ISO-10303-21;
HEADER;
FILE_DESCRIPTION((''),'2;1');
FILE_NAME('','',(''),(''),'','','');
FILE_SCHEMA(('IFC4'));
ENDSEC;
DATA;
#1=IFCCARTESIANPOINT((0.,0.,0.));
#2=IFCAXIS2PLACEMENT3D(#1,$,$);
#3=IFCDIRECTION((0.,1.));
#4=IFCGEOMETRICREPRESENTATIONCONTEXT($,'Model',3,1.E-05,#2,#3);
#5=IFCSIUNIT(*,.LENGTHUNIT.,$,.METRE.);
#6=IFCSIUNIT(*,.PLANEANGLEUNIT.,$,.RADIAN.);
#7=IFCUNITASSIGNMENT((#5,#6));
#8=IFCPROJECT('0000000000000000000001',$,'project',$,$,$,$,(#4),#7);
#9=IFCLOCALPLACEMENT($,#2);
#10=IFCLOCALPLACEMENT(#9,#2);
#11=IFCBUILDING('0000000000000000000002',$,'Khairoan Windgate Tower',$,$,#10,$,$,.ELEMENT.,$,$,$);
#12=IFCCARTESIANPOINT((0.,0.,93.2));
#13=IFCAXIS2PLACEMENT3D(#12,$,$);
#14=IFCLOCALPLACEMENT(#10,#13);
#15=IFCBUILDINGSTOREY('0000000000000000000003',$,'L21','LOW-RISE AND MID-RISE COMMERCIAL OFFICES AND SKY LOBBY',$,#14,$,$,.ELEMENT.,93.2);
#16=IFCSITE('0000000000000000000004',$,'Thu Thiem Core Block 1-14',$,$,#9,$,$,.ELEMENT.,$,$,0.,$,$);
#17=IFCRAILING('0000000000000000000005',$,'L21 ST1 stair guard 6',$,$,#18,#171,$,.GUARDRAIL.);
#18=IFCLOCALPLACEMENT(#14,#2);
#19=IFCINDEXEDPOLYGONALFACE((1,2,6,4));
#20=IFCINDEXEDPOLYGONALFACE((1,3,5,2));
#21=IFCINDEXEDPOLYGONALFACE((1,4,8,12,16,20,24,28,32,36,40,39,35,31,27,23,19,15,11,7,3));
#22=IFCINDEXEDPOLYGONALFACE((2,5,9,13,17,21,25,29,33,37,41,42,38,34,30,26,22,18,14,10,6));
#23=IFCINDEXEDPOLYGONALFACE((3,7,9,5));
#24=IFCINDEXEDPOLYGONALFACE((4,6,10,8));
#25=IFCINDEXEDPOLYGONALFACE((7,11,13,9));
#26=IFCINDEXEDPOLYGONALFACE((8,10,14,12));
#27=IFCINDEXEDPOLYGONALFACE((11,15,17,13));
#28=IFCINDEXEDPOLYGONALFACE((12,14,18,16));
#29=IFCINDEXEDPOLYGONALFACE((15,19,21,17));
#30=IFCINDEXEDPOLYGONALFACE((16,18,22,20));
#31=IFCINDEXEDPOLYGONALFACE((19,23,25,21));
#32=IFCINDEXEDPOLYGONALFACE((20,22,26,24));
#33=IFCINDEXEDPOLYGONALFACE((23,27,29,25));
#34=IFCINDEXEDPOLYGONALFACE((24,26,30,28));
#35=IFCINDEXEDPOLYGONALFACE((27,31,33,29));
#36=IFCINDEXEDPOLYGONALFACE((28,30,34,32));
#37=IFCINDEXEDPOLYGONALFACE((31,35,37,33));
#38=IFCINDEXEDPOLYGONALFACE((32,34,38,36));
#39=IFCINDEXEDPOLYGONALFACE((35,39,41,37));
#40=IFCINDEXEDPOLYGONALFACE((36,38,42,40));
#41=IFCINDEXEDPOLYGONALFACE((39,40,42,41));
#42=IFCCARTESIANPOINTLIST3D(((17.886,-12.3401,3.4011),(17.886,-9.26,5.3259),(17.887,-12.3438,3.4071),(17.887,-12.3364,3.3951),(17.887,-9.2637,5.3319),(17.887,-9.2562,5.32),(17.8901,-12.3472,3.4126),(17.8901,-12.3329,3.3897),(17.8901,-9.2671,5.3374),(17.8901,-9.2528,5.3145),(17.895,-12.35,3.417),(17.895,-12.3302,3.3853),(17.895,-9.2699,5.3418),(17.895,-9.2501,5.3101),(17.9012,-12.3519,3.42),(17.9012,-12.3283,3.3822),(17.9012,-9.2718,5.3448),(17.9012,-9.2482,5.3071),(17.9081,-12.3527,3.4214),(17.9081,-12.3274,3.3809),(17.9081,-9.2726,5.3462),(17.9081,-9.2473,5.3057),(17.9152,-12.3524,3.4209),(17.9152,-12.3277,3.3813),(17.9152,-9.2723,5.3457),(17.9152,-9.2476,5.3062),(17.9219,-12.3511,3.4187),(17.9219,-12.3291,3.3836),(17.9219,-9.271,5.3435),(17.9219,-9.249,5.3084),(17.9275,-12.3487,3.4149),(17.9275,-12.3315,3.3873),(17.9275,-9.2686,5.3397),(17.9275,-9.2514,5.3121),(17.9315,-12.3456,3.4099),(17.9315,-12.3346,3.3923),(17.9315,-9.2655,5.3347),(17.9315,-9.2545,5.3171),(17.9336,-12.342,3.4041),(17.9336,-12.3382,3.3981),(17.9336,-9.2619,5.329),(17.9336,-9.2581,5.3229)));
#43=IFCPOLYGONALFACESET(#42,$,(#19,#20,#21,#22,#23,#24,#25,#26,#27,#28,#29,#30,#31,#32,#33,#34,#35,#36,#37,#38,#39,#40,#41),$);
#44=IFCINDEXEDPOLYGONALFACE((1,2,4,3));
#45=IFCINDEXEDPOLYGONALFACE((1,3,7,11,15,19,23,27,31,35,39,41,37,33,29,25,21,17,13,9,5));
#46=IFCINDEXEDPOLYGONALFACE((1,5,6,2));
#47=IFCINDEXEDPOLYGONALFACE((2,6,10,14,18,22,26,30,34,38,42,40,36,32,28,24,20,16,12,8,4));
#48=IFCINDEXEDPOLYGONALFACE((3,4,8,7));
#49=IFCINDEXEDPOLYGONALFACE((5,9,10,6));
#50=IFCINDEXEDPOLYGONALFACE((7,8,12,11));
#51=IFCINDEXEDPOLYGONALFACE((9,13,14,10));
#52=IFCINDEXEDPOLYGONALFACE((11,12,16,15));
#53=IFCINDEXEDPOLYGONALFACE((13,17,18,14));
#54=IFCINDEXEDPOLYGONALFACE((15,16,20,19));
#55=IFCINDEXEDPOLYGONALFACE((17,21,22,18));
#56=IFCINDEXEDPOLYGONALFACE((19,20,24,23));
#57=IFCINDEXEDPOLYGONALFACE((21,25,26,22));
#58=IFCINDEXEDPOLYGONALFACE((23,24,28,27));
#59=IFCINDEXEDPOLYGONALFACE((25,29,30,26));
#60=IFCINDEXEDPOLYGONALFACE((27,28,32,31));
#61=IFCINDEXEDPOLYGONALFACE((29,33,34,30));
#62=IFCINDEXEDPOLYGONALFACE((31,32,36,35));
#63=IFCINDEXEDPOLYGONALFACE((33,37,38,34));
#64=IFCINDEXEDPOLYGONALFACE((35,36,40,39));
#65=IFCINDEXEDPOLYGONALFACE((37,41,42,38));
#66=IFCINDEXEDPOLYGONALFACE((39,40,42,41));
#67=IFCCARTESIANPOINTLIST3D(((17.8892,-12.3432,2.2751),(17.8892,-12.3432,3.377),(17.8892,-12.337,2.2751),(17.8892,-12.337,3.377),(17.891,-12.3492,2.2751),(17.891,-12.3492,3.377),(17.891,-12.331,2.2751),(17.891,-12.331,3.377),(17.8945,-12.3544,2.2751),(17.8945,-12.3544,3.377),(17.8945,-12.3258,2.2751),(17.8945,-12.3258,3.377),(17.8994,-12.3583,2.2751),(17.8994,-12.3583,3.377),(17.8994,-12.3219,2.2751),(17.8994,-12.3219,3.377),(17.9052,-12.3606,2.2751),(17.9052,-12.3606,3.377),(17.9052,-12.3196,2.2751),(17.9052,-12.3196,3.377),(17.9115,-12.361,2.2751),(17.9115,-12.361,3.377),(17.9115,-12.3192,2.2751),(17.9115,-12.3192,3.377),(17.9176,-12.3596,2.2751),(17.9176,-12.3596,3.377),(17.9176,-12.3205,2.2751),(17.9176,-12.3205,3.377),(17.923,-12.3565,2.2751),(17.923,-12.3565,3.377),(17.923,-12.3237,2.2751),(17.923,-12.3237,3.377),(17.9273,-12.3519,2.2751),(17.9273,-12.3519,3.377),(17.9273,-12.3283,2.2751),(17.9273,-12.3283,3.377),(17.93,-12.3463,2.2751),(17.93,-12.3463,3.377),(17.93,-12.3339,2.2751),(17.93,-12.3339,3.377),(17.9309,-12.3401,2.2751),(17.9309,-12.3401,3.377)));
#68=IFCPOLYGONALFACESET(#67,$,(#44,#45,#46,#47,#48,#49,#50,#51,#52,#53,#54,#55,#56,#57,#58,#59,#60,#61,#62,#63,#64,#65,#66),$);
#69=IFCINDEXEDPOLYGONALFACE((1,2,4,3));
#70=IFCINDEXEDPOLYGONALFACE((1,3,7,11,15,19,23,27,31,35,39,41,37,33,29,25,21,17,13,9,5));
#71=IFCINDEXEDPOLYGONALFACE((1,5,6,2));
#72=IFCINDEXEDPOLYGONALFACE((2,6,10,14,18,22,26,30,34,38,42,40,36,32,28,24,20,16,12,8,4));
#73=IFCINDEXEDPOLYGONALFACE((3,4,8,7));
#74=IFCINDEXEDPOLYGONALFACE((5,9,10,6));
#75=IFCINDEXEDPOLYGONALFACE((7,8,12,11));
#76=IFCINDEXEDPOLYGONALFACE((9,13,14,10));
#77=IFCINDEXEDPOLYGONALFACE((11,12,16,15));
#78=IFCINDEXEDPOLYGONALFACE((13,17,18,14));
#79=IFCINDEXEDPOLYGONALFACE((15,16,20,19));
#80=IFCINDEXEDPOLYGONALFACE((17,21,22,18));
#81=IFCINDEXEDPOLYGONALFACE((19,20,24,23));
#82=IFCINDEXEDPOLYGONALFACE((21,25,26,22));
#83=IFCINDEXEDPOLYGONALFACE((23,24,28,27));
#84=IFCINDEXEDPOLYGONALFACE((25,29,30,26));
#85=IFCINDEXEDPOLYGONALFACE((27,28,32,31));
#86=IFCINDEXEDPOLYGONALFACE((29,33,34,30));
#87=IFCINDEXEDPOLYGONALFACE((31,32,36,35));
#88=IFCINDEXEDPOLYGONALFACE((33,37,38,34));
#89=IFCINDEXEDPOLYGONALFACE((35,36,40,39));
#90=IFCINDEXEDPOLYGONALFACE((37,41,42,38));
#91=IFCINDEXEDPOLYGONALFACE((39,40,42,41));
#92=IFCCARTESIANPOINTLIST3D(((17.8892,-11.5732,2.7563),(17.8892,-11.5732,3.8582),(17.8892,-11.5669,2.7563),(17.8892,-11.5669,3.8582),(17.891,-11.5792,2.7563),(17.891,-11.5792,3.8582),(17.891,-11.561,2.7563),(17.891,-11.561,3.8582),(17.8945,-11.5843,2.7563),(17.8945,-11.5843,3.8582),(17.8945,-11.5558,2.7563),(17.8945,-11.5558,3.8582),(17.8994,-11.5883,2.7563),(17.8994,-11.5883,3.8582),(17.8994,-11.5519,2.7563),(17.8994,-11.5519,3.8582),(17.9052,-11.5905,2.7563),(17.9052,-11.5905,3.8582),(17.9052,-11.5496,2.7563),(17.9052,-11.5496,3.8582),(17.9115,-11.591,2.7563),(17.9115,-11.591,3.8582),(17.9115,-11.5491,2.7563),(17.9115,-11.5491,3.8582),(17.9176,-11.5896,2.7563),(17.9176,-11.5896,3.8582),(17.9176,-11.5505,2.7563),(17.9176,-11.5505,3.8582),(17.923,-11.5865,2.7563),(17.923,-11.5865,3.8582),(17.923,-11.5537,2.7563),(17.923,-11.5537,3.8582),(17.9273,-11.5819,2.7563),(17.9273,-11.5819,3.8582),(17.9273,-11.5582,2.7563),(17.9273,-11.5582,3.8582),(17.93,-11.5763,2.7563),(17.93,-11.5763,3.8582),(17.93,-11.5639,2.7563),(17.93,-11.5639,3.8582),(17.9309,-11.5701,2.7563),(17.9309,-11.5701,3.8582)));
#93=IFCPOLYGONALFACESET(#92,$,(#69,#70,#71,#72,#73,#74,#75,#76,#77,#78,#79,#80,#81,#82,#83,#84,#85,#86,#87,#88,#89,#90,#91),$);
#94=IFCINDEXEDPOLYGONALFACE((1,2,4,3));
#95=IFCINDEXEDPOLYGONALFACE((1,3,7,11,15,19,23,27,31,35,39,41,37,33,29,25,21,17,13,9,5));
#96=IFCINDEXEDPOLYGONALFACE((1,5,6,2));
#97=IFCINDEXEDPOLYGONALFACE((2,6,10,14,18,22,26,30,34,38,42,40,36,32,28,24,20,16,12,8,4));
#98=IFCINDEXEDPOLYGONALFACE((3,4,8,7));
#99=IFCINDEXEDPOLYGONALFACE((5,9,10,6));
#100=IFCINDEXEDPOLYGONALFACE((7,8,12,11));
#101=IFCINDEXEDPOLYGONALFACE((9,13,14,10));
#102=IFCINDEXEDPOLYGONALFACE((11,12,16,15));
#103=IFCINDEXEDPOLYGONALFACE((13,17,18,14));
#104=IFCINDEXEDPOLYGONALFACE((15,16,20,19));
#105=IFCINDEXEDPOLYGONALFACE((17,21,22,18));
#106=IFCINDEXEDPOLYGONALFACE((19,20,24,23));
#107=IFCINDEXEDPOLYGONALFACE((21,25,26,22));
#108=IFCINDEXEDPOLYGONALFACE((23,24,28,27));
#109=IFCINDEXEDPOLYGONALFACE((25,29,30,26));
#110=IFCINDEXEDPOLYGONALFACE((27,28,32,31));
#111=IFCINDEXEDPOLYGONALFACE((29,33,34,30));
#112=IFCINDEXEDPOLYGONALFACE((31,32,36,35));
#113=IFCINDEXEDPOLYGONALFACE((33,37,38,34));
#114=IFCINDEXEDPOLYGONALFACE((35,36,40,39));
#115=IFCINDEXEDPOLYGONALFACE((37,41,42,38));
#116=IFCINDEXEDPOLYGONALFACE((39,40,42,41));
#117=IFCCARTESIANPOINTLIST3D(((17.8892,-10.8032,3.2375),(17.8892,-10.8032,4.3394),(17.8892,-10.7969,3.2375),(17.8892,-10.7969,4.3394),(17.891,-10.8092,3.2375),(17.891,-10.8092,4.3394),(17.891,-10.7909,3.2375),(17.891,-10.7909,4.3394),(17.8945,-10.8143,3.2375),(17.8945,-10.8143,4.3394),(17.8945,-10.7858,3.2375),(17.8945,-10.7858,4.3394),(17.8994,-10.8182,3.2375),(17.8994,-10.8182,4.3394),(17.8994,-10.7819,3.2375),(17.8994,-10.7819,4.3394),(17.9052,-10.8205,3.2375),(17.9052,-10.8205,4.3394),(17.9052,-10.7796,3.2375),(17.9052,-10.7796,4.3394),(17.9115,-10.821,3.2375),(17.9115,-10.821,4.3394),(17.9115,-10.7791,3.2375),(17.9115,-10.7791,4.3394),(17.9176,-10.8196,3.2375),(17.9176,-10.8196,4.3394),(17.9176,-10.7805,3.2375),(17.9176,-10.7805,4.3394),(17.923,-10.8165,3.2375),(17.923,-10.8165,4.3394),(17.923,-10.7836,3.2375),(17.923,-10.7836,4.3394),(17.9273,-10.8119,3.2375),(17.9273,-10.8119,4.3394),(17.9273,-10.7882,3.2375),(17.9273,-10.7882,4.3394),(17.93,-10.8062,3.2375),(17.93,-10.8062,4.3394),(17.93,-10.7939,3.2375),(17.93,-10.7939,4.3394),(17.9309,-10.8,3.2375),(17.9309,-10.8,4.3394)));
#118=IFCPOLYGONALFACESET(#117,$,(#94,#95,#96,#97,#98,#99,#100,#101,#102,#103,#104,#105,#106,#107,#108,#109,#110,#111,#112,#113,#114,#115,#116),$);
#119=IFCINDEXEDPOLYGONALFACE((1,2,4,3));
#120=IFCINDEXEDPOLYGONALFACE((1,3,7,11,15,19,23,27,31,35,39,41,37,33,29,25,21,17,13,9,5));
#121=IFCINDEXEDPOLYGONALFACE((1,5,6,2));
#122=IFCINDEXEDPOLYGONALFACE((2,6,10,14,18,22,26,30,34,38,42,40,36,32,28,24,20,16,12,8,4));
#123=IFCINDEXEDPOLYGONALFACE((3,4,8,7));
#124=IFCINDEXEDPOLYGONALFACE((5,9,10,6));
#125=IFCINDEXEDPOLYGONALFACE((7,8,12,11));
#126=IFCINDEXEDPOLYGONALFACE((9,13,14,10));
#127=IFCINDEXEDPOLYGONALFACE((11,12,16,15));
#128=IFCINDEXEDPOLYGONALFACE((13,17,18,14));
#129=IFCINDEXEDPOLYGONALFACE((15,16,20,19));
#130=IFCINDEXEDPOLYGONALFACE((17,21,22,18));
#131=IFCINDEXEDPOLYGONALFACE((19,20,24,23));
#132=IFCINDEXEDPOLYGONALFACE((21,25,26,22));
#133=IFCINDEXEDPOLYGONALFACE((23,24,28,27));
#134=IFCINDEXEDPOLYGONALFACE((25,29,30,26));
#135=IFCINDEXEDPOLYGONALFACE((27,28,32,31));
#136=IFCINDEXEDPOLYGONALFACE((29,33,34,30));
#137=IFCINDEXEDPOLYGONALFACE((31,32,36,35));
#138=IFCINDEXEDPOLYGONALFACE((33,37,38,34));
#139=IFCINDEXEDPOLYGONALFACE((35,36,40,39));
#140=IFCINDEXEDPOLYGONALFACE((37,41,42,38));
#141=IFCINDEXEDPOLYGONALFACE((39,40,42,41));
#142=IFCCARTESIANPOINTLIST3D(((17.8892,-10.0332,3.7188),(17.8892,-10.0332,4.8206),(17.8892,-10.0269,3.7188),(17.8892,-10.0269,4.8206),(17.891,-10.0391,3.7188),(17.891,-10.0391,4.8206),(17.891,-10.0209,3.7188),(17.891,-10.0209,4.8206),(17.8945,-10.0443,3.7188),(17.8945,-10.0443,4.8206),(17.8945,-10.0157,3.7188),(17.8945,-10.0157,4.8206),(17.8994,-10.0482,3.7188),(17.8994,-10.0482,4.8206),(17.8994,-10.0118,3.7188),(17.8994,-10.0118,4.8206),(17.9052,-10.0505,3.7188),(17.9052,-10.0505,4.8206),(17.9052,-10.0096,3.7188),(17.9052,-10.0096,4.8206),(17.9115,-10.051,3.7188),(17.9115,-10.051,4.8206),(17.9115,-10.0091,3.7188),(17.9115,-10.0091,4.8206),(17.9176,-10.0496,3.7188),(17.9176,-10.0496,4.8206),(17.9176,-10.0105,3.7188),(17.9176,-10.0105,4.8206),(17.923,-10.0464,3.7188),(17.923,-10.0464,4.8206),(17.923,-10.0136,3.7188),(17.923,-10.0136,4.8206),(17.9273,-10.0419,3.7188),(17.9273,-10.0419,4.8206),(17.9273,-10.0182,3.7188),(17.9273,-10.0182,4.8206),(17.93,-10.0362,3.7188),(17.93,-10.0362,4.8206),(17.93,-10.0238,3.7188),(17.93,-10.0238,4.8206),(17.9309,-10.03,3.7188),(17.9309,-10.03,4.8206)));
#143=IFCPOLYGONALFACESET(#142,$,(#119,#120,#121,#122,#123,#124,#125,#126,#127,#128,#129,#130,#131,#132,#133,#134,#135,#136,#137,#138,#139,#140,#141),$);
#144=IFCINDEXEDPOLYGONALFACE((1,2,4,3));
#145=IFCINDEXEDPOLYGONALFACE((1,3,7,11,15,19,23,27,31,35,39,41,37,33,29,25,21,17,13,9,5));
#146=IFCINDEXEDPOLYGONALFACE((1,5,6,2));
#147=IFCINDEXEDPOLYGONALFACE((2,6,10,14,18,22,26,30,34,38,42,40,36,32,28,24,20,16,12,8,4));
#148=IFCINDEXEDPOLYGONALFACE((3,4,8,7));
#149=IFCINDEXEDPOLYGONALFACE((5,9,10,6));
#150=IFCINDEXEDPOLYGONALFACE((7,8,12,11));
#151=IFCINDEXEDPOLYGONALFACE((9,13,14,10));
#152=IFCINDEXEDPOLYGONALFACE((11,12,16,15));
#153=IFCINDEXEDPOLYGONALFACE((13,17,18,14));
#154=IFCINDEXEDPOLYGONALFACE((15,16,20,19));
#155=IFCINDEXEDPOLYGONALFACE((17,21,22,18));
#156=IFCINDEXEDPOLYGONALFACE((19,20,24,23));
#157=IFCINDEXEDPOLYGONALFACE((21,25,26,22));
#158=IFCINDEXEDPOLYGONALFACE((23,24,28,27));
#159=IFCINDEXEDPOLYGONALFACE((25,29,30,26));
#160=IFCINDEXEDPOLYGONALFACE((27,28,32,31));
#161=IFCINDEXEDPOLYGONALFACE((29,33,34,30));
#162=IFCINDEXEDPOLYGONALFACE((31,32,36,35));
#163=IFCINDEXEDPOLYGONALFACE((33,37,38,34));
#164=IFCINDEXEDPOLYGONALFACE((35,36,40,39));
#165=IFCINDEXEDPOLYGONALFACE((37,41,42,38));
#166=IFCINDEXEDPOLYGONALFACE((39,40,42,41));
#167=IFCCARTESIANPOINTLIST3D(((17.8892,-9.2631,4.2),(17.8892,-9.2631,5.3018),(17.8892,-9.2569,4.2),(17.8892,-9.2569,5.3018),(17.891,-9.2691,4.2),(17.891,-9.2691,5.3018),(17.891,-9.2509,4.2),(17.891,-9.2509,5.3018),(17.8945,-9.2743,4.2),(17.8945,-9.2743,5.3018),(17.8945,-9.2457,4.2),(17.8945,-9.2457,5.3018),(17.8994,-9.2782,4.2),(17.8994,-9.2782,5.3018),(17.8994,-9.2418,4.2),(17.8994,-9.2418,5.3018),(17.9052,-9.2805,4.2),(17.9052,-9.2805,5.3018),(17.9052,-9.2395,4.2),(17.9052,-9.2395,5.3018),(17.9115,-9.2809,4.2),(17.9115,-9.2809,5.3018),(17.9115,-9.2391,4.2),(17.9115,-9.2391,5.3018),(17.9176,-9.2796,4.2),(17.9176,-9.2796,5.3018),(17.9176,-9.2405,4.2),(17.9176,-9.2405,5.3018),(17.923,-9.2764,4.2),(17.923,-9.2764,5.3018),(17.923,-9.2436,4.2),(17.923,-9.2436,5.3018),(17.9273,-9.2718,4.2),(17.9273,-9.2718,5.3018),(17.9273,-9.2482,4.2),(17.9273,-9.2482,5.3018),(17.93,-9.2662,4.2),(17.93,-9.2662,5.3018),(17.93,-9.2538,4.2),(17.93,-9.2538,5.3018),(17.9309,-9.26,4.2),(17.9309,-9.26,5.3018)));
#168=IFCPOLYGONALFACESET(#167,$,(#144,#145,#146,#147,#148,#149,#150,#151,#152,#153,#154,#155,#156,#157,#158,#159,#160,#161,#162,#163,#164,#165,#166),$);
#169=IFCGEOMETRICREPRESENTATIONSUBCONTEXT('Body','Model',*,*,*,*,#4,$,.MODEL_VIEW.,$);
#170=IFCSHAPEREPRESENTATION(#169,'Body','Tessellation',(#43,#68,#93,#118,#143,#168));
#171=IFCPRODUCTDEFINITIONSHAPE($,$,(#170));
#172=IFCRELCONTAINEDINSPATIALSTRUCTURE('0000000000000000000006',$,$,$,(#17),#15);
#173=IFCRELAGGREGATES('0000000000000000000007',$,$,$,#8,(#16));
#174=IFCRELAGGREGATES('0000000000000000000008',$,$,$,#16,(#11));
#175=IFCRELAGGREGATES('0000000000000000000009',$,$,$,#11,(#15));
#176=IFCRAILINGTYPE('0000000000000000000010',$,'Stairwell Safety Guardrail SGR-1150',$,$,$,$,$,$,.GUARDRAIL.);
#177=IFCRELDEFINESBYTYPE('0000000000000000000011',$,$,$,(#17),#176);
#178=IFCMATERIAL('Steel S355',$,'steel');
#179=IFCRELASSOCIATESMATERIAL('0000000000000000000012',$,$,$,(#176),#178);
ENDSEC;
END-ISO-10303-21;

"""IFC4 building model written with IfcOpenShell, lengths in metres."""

from ifc_helpers import new_model, si_unit, direction, frame, origin, origin_2d, place, context, subcontext, project, spatial, circle, extrude, material, type_object, element, save


model = new_model("IFC4")

# Units and contexts
model_context = context("Model", 3, precision=1e-05, world=origin(), true_north=direction((0.0, 1.0)))
body_context = subcontext(model_context, "Body", "Model", "MODEL_VIEW")
ifc_project = project(units=[si_unit("LENGTHUNIT", "METRE"), si_unit("PLANEANGLEUNIT", "RADIAN")], contexts=[model_context])

# Site, building, storey
site_placement = place(None, origin())
site = spatial("IfcSite", under=ifc_project, at=site_placement, Name="Thu Thiem Core Block 1-14", CompositionType="ELEMENT", RefElevation=0.0)
building_placement = place(site_placement, origin())
building = spatial("IfcBuilding", under=site, at=building_placement, Name="Khairoan Windgate Tower", CompositionType="ELEMENT")
storey_placement = place(building_placement, frame((0.0, 0.0, 93.2)))
storey = spatial("IfcBuildingStorey", under=building, at=storey_placement, Name="L21", Description="LOW-RISE AND MID-RISE COMMERCIAL OFFICES AND SKY LOBBY", CompositionType="ELEMENT", Elevation=93.2)

# Railing
ifc_material_1 = material(Name="Steel S355", Category="steel")
railing_type = type_object("IfcRailingType", Name="Stairwell Safety Guardrail SGR-1150", PredefinedType="GUARDRAIL", material=ifc_material_1)
railing_1_placement = place(storey_placement, frame((17.9099, -12.3401, 2.2751)))
element("IfcRailing", 1, at=railing_1_placement, inside=storey, type_object=railing_type, Name="L21 ST1 stair guard 6", PredefinedType="GUARDRAIL", context=body_context, shape_type="SweptSolid", body=[
    extrude(circle(Radius=0.0239, at=origin_2d()), frame((0.0, 0.0, 1.126), z_axis=(0.0, 0.848029, 0.529951), x_axis=(-1.0, 0.0, 0.0)), (0.0, 0.0, 1.0), 3.6321),
    extrude(circle(Radius=0.021, at=origin_2d()), origin(), (0.0, 0.0, 1.0), 1.1018),
    extrude(circle(Radius=0.021, at=origin_2d()), frame((0.0, 0.77, 0.4812)), (0.0, 0.0, 1.0), 1.1018),
    extrude(circle(Radius=0.021, at=origin_2d()), frame((0.0, 1.54, 0.9624)), (0.0, 0.0, 1.0), 1.1018),
    extrude(circle(Radius=0.021, at=origin_2d()), frame((0.0, 2.3101, 1.4436)), (0.0, 0.0, 1.0), 1.1018),
    extrude(circle(Radius=0.021, at=origin_2d()), frame((0.0, 3.0801, 1.9248)), (0.0, 0.0, 1.0), 1.1018),
])

save(model, "model.ifc")
